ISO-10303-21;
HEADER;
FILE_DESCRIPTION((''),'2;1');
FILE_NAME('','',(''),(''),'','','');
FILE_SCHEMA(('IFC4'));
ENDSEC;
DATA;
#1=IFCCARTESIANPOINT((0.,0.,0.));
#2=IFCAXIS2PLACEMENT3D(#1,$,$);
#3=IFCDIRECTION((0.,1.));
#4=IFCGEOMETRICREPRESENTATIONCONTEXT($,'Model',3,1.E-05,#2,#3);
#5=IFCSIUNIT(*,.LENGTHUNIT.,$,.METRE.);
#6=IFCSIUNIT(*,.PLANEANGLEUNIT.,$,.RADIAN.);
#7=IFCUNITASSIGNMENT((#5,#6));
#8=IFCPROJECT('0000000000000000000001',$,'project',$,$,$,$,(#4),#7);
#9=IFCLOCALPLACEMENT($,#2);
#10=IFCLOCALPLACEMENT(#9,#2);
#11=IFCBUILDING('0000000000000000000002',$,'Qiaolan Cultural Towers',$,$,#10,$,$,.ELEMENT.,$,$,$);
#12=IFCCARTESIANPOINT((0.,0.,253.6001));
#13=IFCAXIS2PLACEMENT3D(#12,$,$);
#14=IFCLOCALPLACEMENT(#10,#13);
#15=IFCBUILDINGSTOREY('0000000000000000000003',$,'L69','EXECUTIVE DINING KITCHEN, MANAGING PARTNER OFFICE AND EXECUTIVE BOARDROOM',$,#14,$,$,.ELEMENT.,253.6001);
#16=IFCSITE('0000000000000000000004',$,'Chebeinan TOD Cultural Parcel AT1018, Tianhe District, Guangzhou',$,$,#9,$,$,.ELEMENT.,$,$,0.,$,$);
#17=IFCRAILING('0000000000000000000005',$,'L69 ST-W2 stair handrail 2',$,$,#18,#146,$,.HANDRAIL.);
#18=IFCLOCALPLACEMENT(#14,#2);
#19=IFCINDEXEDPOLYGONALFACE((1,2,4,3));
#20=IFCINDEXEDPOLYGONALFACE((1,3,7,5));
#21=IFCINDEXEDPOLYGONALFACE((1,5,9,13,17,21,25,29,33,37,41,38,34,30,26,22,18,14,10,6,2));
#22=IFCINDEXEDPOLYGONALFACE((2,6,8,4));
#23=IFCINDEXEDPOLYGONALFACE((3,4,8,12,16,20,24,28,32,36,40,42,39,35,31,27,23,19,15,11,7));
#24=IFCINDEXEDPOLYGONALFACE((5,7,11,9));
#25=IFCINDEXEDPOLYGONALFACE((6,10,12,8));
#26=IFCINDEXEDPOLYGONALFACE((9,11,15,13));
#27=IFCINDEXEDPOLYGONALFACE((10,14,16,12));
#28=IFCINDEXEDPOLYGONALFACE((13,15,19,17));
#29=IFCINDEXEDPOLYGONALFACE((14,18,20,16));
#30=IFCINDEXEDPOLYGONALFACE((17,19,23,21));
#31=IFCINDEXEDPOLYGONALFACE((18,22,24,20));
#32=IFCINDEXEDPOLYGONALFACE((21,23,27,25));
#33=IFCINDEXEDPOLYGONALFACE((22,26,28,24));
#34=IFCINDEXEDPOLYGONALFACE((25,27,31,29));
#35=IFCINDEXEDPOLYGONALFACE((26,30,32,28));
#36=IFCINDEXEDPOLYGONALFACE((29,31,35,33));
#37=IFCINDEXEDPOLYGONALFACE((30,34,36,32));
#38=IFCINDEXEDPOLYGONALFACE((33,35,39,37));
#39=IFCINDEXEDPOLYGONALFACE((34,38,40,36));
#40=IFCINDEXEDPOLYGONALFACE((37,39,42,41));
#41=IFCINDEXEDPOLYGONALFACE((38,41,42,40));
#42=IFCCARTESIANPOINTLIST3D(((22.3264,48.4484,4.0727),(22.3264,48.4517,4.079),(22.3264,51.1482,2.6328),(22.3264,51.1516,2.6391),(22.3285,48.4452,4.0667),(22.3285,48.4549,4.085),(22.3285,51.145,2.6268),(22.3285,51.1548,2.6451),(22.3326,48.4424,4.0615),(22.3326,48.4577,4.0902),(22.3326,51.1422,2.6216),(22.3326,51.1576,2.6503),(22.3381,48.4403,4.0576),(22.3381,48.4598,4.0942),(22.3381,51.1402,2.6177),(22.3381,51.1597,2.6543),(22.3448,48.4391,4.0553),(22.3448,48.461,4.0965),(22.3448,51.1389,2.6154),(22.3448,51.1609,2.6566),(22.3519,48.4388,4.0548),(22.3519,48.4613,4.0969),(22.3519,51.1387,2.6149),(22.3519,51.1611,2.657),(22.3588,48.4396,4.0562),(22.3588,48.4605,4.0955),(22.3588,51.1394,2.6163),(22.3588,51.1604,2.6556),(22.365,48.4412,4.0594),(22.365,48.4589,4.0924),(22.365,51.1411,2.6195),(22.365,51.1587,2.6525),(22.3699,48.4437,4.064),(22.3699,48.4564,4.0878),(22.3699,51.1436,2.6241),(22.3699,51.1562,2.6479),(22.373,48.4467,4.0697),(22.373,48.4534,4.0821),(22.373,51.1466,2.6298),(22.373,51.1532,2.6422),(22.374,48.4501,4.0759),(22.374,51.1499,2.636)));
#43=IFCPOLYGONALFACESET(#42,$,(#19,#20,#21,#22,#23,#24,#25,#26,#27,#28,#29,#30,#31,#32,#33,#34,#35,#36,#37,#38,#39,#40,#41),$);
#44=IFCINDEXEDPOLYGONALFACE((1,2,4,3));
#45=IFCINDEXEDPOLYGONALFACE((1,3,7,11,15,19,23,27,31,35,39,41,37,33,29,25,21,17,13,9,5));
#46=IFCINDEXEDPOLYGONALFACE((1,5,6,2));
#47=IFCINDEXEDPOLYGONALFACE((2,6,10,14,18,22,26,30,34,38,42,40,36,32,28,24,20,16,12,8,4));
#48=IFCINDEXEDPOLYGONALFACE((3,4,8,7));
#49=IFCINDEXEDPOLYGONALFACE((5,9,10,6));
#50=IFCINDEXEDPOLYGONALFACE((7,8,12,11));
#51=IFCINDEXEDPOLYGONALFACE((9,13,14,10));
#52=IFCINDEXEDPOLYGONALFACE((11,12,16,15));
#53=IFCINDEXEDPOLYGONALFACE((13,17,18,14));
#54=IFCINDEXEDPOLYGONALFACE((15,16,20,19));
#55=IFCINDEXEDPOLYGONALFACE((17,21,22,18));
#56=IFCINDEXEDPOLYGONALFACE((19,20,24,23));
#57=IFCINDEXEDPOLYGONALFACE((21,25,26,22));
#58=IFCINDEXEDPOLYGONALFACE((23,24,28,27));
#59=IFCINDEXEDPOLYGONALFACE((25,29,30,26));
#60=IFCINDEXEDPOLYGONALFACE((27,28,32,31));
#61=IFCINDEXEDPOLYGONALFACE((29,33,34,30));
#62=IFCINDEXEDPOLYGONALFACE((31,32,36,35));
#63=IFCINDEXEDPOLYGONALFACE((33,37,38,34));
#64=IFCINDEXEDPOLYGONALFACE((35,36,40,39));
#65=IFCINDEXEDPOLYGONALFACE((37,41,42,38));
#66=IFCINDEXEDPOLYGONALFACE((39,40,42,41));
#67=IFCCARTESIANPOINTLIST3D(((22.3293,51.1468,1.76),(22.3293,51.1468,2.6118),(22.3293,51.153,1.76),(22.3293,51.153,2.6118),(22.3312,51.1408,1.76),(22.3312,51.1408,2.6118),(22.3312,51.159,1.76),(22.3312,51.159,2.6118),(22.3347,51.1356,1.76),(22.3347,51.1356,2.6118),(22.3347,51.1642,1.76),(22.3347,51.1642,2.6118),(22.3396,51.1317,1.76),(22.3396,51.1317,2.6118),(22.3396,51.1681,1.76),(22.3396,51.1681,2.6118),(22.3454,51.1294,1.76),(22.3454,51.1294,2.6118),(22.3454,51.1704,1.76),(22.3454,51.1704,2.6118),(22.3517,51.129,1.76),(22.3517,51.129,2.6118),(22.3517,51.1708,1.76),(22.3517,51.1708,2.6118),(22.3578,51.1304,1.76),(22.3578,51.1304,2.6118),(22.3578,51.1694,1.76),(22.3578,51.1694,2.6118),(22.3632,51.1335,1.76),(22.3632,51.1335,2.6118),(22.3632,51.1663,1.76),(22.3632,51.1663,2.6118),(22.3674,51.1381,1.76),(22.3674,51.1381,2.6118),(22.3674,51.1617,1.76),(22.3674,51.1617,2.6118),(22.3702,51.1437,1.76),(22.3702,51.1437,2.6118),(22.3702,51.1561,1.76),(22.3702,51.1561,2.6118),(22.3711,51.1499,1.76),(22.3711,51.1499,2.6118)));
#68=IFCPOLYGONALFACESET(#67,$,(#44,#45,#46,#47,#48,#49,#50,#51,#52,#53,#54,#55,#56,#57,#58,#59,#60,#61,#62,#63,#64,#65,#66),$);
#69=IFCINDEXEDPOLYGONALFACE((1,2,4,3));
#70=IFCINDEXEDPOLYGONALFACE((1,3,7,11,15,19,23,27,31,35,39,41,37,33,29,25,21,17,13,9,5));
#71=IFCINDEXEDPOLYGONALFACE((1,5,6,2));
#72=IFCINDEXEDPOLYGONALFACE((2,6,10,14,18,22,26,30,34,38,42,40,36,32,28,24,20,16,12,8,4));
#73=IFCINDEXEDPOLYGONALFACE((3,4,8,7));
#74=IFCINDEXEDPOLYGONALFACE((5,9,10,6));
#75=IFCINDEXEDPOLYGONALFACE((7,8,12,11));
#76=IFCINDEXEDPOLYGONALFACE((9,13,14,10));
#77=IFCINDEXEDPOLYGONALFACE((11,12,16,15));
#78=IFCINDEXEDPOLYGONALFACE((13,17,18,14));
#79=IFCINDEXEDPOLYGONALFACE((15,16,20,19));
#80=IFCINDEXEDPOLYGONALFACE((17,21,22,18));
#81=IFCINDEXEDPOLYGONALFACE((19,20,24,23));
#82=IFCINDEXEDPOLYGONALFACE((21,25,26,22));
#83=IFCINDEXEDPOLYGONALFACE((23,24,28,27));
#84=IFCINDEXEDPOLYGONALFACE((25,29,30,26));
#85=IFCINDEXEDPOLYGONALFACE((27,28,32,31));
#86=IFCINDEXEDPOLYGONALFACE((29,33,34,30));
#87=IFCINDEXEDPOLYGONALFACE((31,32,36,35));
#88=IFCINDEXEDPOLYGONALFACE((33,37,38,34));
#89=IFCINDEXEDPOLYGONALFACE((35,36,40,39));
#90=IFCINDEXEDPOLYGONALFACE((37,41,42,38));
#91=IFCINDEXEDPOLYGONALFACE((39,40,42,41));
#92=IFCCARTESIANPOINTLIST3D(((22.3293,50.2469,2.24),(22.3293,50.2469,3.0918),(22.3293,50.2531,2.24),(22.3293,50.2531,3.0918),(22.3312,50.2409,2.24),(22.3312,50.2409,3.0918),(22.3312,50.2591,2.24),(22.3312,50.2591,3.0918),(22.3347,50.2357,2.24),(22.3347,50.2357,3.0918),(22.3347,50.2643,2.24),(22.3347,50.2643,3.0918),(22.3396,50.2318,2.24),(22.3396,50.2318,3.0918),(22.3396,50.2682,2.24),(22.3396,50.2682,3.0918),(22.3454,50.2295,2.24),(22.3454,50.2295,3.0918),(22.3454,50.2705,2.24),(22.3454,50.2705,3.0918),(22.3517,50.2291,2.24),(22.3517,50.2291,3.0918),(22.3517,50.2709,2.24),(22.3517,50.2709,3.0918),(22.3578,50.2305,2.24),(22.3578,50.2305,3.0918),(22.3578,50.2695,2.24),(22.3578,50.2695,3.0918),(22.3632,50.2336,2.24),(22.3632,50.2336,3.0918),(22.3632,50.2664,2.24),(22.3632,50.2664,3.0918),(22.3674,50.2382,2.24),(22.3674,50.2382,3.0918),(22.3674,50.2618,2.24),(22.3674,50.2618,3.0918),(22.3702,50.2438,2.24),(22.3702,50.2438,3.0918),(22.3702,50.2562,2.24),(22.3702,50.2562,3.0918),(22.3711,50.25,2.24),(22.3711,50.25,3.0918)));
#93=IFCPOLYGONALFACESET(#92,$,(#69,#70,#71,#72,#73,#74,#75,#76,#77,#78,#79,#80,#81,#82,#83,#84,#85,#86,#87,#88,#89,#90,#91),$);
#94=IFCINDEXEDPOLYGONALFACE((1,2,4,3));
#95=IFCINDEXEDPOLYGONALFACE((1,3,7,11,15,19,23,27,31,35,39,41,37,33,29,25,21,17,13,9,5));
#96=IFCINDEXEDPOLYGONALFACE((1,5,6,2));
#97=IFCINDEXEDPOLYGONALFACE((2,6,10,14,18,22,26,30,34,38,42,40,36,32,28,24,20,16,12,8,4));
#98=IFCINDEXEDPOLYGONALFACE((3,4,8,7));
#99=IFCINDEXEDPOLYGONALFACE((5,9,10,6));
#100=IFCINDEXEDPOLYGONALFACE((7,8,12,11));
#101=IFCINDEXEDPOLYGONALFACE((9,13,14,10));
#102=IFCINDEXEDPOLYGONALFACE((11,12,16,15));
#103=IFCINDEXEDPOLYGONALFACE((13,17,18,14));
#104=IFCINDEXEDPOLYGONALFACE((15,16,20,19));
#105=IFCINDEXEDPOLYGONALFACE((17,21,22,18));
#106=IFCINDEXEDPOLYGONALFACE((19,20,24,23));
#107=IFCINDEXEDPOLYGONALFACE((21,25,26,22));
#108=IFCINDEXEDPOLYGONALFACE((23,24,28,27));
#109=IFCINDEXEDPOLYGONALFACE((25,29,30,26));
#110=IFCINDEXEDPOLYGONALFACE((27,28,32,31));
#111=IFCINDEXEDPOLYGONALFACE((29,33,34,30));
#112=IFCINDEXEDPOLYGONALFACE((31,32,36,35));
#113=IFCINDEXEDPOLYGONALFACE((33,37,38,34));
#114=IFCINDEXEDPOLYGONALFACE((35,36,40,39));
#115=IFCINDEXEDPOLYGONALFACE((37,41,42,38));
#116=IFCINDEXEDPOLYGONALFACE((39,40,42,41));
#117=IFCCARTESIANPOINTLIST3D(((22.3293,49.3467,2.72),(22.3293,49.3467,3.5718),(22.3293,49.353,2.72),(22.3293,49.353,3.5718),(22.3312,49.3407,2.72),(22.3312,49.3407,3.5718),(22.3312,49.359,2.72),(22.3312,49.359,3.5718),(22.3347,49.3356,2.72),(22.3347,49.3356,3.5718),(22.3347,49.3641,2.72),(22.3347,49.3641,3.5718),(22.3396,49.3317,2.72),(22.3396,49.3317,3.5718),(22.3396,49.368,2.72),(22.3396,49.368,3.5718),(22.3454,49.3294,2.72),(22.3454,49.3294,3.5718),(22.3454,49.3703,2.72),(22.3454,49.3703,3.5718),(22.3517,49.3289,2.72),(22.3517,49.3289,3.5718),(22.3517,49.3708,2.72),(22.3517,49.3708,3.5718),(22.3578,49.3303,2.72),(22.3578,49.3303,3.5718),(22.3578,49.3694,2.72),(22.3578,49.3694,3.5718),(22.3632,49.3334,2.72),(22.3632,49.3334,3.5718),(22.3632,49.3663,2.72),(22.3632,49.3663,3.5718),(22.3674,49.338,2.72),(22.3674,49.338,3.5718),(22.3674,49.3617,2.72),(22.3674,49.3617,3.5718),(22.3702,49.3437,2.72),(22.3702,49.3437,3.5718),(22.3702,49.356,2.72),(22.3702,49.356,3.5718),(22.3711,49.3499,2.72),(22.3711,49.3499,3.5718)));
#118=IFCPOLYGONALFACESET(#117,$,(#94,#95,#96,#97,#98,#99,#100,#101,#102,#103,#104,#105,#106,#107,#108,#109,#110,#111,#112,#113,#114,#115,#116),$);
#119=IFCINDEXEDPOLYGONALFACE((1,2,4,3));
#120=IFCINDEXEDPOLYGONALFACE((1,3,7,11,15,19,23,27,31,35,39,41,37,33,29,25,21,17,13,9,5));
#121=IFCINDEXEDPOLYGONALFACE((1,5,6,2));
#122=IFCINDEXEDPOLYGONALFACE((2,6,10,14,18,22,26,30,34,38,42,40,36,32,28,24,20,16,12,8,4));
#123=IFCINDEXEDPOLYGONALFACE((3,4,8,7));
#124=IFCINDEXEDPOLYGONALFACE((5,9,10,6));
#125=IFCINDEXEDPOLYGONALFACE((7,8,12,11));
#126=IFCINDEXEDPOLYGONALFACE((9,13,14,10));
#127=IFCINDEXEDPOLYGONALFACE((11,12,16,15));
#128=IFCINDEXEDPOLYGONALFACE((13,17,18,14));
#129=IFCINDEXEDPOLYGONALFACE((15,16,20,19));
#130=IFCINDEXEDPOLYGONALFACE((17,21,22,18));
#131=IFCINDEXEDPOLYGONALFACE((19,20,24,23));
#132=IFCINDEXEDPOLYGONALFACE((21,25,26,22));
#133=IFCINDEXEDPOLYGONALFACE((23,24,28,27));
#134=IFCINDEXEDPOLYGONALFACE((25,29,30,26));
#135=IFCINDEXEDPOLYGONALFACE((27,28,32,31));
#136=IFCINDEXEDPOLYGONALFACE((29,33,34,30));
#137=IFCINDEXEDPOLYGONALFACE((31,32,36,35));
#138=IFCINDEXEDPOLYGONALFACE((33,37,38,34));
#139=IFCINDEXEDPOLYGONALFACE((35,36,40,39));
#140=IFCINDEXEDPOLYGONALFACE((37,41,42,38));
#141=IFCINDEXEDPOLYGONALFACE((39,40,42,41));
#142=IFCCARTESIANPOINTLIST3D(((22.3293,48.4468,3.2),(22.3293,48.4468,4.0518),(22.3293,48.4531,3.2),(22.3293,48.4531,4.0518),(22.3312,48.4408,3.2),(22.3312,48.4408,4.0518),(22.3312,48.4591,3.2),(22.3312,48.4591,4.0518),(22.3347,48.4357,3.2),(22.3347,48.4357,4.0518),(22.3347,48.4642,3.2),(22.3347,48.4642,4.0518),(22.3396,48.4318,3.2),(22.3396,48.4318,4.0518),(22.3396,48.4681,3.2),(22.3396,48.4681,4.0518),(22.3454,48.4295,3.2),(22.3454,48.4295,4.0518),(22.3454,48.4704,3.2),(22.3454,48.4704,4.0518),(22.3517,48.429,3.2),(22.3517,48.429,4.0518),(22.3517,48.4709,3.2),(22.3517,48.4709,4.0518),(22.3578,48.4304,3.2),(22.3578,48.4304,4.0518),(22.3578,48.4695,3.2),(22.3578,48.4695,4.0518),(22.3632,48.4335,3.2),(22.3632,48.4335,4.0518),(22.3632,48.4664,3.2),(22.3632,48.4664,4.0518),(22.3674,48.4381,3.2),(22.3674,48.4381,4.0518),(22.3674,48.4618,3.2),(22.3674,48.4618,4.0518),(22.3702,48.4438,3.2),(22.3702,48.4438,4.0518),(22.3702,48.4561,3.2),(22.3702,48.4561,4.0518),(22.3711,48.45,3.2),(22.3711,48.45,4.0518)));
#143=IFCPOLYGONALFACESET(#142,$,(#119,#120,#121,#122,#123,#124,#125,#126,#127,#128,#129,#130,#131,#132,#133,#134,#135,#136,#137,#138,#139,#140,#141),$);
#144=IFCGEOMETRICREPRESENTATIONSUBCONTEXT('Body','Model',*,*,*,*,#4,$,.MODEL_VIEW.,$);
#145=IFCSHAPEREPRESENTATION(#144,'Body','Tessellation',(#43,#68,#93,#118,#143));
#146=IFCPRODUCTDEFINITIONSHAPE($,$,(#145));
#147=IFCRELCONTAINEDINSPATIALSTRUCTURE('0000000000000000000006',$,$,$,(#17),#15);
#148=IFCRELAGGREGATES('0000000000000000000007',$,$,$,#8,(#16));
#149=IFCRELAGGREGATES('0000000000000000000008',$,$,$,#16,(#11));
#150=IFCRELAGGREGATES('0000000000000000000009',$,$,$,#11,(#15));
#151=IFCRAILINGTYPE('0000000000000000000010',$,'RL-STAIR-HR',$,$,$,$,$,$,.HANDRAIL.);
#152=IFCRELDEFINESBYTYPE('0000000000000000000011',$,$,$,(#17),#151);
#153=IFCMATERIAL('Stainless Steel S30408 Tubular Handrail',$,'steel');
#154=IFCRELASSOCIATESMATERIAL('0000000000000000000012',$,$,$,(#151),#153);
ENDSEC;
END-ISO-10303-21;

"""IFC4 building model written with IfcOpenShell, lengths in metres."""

from ifc_helpers import new_model, si_unit, direction, frame, origin, origin_2d, place, context, subcontext, project, spatial, circle, extrude, material, type_object, element, save


model = new_model("IFC4")

# Units and contexts
model_context = context("Model", 3, precision=1e-05, world=origin(), true_north=direction((0.0, 1.0)))
body_context = subcontext(model_context, "Body", "Model", "MODEL_VIEW")
ifc_project = project(units=[si_unit("LENGTHUNIT", "METRE"), si_unit("PLANEANGLEUNIT", "RADIAN")], contexts=[model_context])

# Site, building, storey
site_placement = place(None, origin())
site = spatial("IfcSite", under=ifc_project, at=site_placement, Name="Chebeinan TOD Cultural Parcel AT1018, Tianhe District, Guangzhou", CompositionType="ELEMENT", RefElevation=0.0)
building_placement = place(site_placement, origin())
building = spatial("IfcBuilding", under=site, at=building_placement, Name="Qiaolan Cultural Towers", CompositionType="ELEMENT")
storey_placement = place(building_placement, frame((0.0, 0.0, 253.6001)))
storey = spatial("IfcBuildingStorey", under=building, at=storey_placement, Name="L69", Description="EXECUTIVE DINING KITCHEN, MANAGING PARTNER OFFICE AND EXECUTIVE BOARDROOM", CompositionType="ELEMENT", Elevation=253.6001)

# Railing
ifc_material_1 = material(Name="Stainless Steel S30408 Tubular Handrail", Category="steel")
railing_type_1 = type_object("IfcRailingType", Name="RL-STAIR-HR", PredefinedType="HANDRAIL", material=ifc_material_1)
railing_1_placement = place(storey_placement, frame((22.3501, 51.1499, 1.76)))
element("IfcRailing", 1, at=railing_1_placement, inside=storey, type_object=railing_type_1, Name="L69 ST-W2 stair handrail 2", PredefinedType="HANDRAIL", context=body_context, shape_type="SweptSolid", body=[
    extrude(circle(Radius=0.0239, at=origin_2d()), frame((0.0, 0.0, 0.876), z_axis=(0.0, -0.882357, 0.47058), x_axis=(1.0, 0.0, 0.0)), (0.0, 0.0, 1.0), 3.0598),
    extrude(circle(Radius=0.021, at=origin_2d()), origin(), (0.0, 0.0, 1.0), 0.8518),
    extrude(circle(Radius=0.021, at=origin_2d()), frame((0.0, -0.8999, 0.48)), (0.0, 0.0, 1.0), 0.8518),
    extrude(circle(Radius=0.021, at=origin_2d()), frame((0.0, -1.8, 0.96)), (0.0, 0.0, 1.0), 0.8518),
    extrude(circle(Radius=0.021, at=origin_2d()), frame((0.0, -2.7, 1.4399)), (0.0, 0.0, 1.0), 0.8518),
])

save(model, "model.ifc")
